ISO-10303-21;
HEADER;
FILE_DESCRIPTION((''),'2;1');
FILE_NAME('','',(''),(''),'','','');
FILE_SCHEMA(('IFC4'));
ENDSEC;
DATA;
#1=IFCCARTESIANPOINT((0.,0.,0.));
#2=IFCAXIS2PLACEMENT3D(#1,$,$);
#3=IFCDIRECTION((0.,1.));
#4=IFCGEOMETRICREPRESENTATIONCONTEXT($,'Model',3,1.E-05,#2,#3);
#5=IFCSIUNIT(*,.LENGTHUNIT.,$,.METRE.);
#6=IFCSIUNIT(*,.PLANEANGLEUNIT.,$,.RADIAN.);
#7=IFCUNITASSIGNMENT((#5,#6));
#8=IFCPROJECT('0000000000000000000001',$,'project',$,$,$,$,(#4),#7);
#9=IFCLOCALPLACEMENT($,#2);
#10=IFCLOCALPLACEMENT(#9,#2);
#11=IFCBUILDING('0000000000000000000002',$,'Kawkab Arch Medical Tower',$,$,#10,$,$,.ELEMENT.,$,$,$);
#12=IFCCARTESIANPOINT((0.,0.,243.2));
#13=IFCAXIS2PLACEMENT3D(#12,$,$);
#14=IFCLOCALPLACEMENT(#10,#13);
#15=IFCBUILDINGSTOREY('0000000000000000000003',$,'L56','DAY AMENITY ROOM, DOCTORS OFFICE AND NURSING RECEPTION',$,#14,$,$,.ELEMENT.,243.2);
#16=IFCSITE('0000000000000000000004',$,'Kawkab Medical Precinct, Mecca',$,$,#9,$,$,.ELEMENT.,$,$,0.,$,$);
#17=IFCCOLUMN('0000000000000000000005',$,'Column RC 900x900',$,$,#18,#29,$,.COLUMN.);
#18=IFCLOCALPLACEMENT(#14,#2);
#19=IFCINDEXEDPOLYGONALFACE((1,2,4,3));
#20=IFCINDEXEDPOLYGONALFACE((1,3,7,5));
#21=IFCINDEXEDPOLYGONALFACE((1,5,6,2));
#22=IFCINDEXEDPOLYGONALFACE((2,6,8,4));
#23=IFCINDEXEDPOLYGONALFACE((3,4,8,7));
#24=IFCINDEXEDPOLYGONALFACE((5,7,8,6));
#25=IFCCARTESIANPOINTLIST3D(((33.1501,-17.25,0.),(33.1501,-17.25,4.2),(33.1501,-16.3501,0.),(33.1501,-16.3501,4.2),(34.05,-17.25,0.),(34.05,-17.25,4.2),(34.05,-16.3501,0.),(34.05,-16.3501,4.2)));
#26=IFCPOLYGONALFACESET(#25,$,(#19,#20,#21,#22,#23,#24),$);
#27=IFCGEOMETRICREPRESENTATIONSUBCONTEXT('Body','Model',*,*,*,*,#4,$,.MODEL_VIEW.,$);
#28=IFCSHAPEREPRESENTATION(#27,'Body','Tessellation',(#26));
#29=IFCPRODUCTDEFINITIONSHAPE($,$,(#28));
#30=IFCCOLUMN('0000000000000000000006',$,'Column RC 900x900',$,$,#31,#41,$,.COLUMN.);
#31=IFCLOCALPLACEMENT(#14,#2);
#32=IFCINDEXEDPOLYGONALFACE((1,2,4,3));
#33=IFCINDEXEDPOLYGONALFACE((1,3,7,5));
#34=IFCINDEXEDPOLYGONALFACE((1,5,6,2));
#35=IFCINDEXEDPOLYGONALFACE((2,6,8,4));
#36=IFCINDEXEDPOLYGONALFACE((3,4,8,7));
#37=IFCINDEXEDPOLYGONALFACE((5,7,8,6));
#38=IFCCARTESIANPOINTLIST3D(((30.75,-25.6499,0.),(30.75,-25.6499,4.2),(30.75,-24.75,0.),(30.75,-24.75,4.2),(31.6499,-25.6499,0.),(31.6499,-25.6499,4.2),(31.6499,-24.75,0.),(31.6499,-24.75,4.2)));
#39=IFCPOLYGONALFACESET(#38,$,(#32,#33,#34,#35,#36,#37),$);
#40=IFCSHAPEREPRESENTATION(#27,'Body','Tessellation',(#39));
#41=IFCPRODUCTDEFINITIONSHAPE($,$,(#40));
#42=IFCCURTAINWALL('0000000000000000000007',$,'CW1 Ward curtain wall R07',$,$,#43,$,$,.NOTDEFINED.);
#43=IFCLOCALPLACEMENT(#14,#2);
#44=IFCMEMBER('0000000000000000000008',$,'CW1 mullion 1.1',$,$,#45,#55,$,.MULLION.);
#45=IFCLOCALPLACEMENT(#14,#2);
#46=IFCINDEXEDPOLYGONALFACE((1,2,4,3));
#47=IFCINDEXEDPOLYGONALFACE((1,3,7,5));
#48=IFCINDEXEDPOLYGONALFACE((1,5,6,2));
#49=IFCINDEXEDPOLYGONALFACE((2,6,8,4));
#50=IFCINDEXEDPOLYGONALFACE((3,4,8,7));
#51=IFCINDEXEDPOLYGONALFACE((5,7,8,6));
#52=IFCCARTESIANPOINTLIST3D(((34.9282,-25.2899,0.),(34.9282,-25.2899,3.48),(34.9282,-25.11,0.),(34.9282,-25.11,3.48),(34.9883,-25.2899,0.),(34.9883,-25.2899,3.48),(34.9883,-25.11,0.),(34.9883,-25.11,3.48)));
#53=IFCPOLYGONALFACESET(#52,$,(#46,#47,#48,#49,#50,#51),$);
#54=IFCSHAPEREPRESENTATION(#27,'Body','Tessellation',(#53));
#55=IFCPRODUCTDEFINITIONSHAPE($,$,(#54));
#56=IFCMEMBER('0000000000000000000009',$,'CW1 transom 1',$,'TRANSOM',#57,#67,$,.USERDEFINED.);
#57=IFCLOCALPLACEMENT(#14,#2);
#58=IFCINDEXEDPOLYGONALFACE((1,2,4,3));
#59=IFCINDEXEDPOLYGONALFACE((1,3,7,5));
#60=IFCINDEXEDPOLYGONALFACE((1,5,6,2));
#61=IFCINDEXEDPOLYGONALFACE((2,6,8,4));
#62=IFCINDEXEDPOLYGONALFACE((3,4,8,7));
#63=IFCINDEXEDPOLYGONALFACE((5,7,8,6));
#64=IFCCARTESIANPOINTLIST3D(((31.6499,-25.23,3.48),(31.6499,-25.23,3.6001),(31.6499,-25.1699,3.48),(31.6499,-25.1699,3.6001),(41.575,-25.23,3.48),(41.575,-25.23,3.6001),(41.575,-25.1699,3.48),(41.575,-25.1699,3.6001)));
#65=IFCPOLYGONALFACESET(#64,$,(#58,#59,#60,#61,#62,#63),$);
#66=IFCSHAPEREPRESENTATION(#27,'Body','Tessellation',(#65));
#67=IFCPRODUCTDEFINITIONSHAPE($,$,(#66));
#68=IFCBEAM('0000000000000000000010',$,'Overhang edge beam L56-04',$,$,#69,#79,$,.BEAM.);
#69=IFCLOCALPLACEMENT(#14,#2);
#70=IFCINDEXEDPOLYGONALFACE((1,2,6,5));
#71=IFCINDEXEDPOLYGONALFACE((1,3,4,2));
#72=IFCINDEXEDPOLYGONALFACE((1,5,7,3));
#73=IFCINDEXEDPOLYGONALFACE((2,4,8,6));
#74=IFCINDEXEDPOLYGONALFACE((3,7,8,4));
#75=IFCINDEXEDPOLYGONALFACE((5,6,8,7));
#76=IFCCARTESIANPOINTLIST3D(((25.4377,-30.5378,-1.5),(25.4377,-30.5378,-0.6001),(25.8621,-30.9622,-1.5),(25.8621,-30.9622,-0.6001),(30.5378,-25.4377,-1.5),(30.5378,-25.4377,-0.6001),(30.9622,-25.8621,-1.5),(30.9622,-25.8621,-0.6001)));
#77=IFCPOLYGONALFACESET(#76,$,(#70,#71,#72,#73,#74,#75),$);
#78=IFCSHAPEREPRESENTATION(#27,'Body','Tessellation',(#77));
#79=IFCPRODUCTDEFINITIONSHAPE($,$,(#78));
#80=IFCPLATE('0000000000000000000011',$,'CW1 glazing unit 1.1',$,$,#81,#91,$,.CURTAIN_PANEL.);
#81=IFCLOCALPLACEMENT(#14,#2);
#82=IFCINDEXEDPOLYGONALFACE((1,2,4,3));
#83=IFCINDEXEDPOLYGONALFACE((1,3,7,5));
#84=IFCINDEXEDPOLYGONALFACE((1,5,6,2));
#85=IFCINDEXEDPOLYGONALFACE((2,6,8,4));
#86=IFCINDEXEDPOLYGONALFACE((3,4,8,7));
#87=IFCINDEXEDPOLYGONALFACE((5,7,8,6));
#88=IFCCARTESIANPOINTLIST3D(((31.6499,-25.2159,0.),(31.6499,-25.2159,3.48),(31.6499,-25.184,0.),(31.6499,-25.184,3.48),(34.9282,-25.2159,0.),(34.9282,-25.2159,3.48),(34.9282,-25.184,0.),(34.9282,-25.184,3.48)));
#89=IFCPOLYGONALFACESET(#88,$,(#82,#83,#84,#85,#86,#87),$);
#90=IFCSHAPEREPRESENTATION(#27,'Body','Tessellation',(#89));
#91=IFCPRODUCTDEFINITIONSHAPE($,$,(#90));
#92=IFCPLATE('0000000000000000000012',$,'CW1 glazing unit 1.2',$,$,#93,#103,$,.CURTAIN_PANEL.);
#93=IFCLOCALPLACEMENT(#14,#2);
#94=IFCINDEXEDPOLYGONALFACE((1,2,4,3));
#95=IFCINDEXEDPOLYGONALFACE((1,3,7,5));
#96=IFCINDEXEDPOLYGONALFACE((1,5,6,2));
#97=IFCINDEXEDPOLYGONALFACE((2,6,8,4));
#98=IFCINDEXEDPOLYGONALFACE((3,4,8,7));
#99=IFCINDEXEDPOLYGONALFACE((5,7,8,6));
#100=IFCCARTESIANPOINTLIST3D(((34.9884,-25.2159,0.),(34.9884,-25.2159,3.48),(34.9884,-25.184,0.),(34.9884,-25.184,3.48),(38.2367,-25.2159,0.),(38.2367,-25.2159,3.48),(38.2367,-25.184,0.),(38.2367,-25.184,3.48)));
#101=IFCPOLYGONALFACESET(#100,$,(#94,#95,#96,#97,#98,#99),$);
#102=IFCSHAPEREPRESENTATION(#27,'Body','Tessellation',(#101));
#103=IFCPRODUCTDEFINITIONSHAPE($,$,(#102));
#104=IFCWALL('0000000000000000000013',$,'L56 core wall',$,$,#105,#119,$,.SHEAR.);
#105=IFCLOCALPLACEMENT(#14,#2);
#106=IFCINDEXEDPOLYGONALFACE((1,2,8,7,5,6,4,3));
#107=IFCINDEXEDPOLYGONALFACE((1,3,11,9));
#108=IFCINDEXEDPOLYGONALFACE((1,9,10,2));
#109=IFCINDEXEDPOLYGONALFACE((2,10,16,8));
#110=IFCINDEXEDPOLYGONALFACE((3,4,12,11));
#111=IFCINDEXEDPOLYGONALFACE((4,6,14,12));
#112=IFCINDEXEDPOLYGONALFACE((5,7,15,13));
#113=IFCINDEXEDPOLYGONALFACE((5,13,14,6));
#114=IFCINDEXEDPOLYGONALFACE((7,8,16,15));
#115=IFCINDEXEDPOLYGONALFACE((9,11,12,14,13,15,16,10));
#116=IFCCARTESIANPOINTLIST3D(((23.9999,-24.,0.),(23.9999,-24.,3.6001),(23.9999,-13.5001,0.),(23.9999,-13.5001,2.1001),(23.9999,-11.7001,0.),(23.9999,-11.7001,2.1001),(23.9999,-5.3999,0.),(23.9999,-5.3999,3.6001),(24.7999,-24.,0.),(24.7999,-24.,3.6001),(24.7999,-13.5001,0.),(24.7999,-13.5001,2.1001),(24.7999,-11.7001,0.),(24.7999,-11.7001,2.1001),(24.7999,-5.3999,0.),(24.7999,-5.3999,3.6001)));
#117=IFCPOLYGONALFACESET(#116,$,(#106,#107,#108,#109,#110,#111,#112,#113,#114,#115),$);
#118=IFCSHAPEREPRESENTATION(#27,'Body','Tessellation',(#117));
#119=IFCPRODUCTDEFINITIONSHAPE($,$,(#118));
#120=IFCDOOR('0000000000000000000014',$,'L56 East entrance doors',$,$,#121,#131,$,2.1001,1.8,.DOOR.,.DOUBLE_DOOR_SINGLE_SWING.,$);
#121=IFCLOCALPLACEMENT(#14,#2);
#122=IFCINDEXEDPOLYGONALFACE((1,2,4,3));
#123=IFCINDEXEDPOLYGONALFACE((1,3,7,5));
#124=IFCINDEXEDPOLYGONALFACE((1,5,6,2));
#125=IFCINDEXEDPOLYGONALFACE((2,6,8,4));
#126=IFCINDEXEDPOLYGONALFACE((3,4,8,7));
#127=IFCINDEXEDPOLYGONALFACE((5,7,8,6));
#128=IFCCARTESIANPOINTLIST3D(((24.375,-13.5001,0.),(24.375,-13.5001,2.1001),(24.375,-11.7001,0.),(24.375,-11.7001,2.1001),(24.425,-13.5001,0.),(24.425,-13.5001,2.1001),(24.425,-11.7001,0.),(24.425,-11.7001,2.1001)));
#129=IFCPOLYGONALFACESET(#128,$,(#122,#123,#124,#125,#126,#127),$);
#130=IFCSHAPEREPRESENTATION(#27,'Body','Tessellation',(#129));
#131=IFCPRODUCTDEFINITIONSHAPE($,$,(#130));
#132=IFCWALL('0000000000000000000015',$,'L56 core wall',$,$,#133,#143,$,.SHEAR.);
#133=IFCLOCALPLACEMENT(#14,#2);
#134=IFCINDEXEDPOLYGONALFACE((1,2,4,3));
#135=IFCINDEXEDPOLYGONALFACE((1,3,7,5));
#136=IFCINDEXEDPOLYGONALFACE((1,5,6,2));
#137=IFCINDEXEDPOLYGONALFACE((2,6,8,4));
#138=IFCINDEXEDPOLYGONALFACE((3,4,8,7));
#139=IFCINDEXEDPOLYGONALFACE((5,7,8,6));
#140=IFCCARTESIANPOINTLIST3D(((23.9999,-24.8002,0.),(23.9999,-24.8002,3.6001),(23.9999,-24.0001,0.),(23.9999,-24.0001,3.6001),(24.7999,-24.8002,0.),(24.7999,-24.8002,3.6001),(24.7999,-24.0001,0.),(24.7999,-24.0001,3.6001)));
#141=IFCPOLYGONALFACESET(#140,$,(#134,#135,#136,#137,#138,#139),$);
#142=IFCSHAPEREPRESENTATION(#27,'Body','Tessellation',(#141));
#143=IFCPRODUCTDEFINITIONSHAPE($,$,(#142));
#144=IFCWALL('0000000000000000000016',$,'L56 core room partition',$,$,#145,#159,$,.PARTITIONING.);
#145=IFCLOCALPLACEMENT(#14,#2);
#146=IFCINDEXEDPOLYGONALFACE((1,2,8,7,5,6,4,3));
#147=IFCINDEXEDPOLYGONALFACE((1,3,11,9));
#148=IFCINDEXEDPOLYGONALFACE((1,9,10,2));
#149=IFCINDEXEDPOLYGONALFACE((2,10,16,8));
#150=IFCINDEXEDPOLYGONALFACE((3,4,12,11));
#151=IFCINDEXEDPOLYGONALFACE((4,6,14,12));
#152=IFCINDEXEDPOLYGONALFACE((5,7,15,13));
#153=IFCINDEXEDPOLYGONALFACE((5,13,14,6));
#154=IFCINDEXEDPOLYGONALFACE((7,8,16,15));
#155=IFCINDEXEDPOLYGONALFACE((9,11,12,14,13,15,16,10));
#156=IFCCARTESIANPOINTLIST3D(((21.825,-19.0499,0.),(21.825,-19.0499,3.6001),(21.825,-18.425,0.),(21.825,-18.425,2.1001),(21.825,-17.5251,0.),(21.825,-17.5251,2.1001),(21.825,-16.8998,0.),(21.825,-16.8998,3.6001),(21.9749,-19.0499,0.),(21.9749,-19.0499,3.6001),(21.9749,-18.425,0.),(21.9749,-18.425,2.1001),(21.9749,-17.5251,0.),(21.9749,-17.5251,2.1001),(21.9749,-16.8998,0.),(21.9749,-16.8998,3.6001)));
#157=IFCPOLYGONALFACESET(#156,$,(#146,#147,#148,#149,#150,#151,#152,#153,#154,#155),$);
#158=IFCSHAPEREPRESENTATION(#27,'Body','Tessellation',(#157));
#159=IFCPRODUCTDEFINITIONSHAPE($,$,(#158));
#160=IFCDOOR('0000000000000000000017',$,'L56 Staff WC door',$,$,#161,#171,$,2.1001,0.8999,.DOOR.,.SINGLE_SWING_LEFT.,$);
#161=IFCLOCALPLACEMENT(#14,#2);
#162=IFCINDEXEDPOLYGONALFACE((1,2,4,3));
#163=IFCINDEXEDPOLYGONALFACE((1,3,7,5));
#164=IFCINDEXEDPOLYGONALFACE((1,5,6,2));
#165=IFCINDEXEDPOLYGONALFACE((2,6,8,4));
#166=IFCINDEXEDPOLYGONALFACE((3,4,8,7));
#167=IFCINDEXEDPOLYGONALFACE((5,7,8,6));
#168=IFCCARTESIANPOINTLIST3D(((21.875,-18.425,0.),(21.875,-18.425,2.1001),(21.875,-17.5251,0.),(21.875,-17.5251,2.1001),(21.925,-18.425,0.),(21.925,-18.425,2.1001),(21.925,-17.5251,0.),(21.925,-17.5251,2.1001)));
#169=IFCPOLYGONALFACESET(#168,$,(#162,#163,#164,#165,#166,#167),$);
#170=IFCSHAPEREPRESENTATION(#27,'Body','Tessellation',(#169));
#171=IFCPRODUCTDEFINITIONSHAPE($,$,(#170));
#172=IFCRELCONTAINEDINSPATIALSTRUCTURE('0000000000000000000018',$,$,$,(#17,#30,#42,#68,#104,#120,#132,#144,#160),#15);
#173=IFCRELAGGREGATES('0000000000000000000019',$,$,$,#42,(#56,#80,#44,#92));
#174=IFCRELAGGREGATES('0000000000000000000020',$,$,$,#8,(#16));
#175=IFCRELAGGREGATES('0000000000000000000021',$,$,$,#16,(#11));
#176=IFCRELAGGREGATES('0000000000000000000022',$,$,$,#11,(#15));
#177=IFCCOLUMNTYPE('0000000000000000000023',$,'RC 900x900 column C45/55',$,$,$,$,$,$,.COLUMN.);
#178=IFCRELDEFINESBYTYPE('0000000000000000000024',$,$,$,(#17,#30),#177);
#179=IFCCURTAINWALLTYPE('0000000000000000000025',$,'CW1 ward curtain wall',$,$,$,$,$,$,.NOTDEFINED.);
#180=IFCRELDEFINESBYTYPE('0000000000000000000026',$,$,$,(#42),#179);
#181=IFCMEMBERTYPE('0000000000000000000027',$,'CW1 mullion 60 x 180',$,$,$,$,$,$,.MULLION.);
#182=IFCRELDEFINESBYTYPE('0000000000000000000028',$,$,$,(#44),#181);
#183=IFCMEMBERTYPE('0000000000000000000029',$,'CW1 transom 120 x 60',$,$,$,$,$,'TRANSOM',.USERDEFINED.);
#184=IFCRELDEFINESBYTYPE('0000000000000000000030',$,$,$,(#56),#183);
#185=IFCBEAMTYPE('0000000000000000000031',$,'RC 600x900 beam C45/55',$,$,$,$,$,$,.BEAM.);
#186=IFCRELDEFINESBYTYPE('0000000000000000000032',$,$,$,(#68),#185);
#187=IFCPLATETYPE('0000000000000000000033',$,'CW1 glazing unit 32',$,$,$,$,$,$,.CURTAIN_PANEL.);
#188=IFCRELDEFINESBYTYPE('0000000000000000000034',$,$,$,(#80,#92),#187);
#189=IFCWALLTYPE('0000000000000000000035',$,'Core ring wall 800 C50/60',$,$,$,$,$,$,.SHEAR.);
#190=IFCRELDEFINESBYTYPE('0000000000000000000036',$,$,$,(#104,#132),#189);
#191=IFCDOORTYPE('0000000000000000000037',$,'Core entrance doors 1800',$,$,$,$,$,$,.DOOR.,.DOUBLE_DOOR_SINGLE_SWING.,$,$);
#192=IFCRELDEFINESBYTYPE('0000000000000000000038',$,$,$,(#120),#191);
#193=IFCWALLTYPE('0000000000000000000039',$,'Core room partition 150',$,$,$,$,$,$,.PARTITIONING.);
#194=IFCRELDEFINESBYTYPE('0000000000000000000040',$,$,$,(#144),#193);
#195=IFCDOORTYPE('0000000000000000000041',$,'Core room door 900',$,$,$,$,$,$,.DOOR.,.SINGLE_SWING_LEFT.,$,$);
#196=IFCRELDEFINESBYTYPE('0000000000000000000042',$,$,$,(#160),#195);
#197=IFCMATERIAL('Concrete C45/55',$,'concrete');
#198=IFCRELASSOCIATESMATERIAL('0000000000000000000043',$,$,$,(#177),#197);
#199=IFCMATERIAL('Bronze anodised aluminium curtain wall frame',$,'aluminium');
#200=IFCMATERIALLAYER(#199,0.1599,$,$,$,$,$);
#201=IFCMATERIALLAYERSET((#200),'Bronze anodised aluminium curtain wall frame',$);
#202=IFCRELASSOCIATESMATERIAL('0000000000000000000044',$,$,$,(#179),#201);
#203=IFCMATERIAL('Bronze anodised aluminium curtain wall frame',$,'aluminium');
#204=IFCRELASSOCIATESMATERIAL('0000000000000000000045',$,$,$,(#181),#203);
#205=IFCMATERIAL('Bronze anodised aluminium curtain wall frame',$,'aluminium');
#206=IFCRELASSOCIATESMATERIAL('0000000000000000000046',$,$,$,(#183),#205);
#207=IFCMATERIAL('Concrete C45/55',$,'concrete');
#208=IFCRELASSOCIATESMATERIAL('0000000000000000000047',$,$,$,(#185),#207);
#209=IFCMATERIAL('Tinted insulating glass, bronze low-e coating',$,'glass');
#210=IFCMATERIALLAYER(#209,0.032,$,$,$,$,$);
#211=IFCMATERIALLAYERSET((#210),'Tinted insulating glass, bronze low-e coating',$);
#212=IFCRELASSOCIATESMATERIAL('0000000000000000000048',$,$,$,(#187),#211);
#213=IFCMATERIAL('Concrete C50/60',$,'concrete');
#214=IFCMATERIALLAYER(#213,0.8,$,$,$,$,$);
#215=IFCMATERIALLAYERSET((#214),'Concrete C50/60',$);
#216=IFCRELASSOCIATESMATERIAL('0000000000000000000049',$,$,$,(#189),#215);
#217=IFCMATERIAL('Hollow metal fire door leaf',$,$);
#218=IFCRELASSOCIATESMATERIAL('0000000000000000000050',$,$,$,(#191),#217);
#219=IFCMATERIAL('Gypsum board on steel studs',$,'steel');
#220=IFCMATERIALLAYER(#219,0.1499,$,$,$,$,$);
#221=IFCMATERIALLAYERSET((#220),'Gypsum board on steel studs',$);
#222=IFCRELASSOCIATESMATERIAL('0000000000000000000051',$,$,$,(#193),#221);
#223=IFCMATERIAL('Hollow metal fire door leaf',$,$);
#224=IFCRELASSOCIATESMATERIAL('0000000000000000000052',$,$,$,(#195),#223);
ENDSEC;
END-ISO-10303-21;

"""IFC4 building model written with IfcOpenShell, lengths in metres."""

from ifc_helpers import new_model, si_unit, direction, frame, frame_2d, origin, origin_2d, place, context, subcontext, project, spatial, rectangle, extrude, material, layer, layer_set, material_profile, profile_set, type_object, element, fill, aggregate, save


model = new_model("IFC4")

# Units and contexts
model_context = context("Model", 3, precision=1e-05, world=origin(), true_north=direction((0.0, 1.0)))
body_context = subcontext(model_context, "Body", "Model", "MODEL_VIEW")
ifc_project = project(units=[si_unit("LENGTHUNIT", "METRE"), si_unit("PLANEANGLEUNIT", "RADIAN")], contexts=[model_context])

# Site, building, storey
site_placement = place(None, origin())
site = spatial("IfcSite", under=ifc_project, at=site_placement, Name="Kawkab Medical Precinct, Mecca", CompositionType="ELEMENT", RefElevation=0.0)
building_placement = place(site_placement, origin())
building = spatial("IfcBuilding", under=site, at=building_placement, Name="Kawkab Arch Medical Tower", CompositionType="ELEMENT")
storey_placement = place(building_placement, frame((0.0, 0.0, 243.2)))
storey = spatial("IfcBuildingStorey", under=building, at=storey_placement, Name="L56", Description="DAY AMENITY ROOM, DOCTORS OFFICE AND NURSING RECEPTION", CompositionType="ELEMENT", Elevation=243.2)

# Columns
ifc_material_1 = material(Name="Concrete C45/55", Category="concrete")
ifc_material_profile_1 = material_profile(ifc_material_1, rectangle(XDim=0.8999, YDim=0.8999, at=origin_2d()), Name="RC 900x900")
ifc_profile_set_1 = profile_set([ifc_material_profile_1], Name="Concrete C45/55")
column_type = type_object("IfcColumnType", Name="RC 900x900 column C45/55", PredefinedType="COLUMN", material=ifc_profile_set_1)
for number, where, z_axis, x_axis, name in (
    (1, (33.6001, -16.8, 0.0), (0.0, 0.0, 1.0), (1.0, 0.0, 0.0), "Column RC 900x900"),
    (2, (31.2, -25.2, 0.0), (0.0, 0.0, 1.0), (1.0, 0.0, 0.0), "Column RC 900x900"),
):
    element("IfcColumn", number, at=place(storey_placement, frame(where, z_axis=z_axis, x_axis=x_axis)), inside=storey, type_object=column_type, Name=name, PredefinedType="COLUMN", context=body_context, shape_type="SweptSolid", body=[
        extrude(rectangle(XDim=0.8999, YDim=0.8999, at=origin_2d()), origin(), (0.0, 0.0, 1.0), 4.2),
    ])

# Curtain wall, members
ifc_material_2 = material(Name="Bronze anodised aluminium curtain wall frame", Category="aluminium")
ifc_layer_1 = layer(ifc_material_2, 0.1599)
ifc_layer_set_1 = layer_set([ifc_layer_1], Name="Bronze anodised aluminium curtain wall frame")
curtain_wall_type = type_object("IfcCurtainWallType", Name="CW1 ward curtain wall", PredefinedType="NOTDEFINED", material=ifc_layer_set_1)
curtain_wall_placement = place(storey_placement, origin())
curtain_wall = element("IfcCurtainWall", 3, at=curtain_wall_placement, inside=storey, type_object=curtain_wall_type, Name="CW1 Ward curtain wall R07", PredefinedType="NOTDEFINED")
ifc_material_3 = material(Name="Bronze anodised aluminium curtain wall frame", Category="aluminium")
ifc_material_profile_2 = material_profile(ifc_material_3, rectangle(XDim=0.1799, YDim=0.0601, at=origin_2d()), Name="AL 60x180")
ifc_profile_set_2 = profile_set([ifc_material_profile_2], Name="Bronze anodised aluminium curtain wall frame")
member_type_1 = type_object("IfcMemberType", Name="CW1 mullion 60 x 180", PredefinedType="MULLION", material=ifc_profile_set_2)
member_1_placement = place(storey_placement, frame((34.9583, -25.2, 0.0), z_axis=(0.0, 0.0, 1.0), x_axis=(0.0, 1.0, 0.0)))
member_1 = element("IfcMember", 4, at=member_1_placement, type_object=member_type_1, Name="CW1 mullion 1.1", PredefinedType="MULLION", context=body_context, shape_type="SweptSolid", body=[
    extrude(rectangle(XDim=0.1799, YDim=0.0601, at=origin_2d()), origin(), (0.0, 0.0, 1.0), 3.48),
])
ifc_material_4 = material(Name="Bronze anodised aluminium curtain wall frame", Category="aluminium")
ifc_material_profile_3 = material_profile(ifc_material_4, rectangle(XDim=0.0601, YDim=0.1201, at=origin_2d()), Name="AL 60x120")
ifc_profile_set_3 = profile_set([ifc_material_profile_3], Name="Bronze anodised aluminium curtain wall frame")
member_type_2 = type_object("IfcMemberType", Name="CW1 transom 120 x 60", ElementType="TRANSOM", PredefinedType="USERDEFINED", material=ifc_profile_set_3)
member_2_placement = place(storey_placement, frame((31.6499, -25.2, 3.54), z_axis=(1.0, 0.0, 0.0), x_axis=(0.0, 1.0, 0.0)))
member_2 = element("IfcMember", 5, at=member_2_placement, type_object=member_type_2, Name="CW1 transom 1", ObjectType="TRANSOM", PredefinedType="USERDEFINED", context=body_context, shape_type="SweptSolid", body=[
    extrude(rectangle(XDim=0.0601, YDim=0.1201, at=origin_2d()), origin(), (0.0, 0.0, 1.0), 9.925),
])

# Beam
ifc_material_5 = material(Name="Concrete C45/55", Category="concrete")
ifc_material_profile_4 = material_profile(ifc_material_5, rectangle(XDim=0.6001, YDim=0.8999, at=origin_2d()), Name="RC 600x900")
ifc_profile_set_4 = profile_set([ifc_material_profile_4], Name="Concrete C45/55")
beam_type = type_object("IfcBeamType", Name="RC 600x900 beam C45/55", PredefinedType="BEAM", material=ifc_profile_set_4)
beam_placement = place(storey_placement, frame((30.75, -25.6499, -1.05), z_axis=(-0.707107, -0.707107, 0.0), x_axis=(0.707107, -0.707107, 0.0)))
element("IfcBeam", 6, at=beam_placement, inside=storey, type_object=beam_type, Name="Overhang edge beam L56-04", PredefinedType="BEAM", context=body_context, shape_type="SweptSolid", body=[
    extrude(rectangle(XDim=0.6001, YDim=0.8999, at=origin_2d()), origin(), (0.0, 0.0, 1.0), 7.2126),
])

# Plates
ifc_material_6 = material(Name="Tinted insulating glass, bronze low-e coating", Category="glass")
ifc_layer_2 = layer(ifc_material_6, 0.032)
ifc_layer_set_2 = layer_set([ifc_layer_2], Name="Tinted insulating glass, bronze low-e coating")
plate_type = type_object("IfcPlateType", Name="CW1 glazing unit 32", PredefinedType="CURTAIN_PANEL", material=ifc_layer_set_2)
plate_1_placement = place(storey_placement, frame((33.2891, -25.2, 0.0), z_axis=(0.0, 0.0, 1.0), x_axis=(1.0, 0.0, 0.0)))
plate_1 = element("IfcPlate", 7, at=plate_1_placement, type_object=plate_type, Name="CW1 glazing unit 1.1", PredefinedType="CURTAIN_PANEL", context=body_context, shape_type="SweptSolid", body=[
    extrude(rectangle(XDim=3.2783, YDim=0.032, at=origin_2d()), origin(), (0.0, 0.0, 1.0), 3.48),
])
plate_2_placement = place(storey_placement, frame((36.6125, -25.2, 0.0), z_axis=(0.0, 0.0, 1.0), x_axis=(1.0, 0.0, 0.0)))
plate_2 = element("IfcPlate", 8, at=plate_2_placement, type_object=plate_type, Name="CW1 glazing unit 1.2", PredefinedType="CURTAIN_PANEL", context=body_context, shape_type="SweptSolid", body=[
    extrude(rectangle(XDim=3.2483, YDim=0.032, at=origin_2d()), origin(), (0.0, 0.0, 1.0), 3.48),
])
aggregate(curtain_wall, [member_2, plate_1, member_1, plate_2])

# Wall, opening, door
ifc_material_7 = material(Name="Concrete C50/60", Category="concrete")
ifc_layer_3 = layer(ifc_material_7, 0.8)
ifc_layer_set_3 = layer_set([ifc_layer_3], Name="Concrete C50/60")
wall_type_1 = type_object("IfcWallType", Name="Core ring wall 800 C50/60", PredefinedType="SHEAR", material=ifc_layer_set_3)
wall_1_placement = place(storey_placement, frame((24.3999, -24.0, 0.0), z_axis=(0.0, 0.0, 1.0), x_axis=(0.0, 1.0, 0.0)))
wall_1 = element("IfcWall", 9, at=wall_1_placement, inside=storey, type_object=wall_type_1, Name="L56 core wall", PredefinedType="SHEAR", context=body_context, shape_type="SweptSolid", body=[
    extrude(rectangle(XDim=18.6001, YDim=0.8, at=frame_2d((9.3, 0.0))), origin(), (0.0, 0.0, 1.0), 3.6001),
])
opening_1_placement = place(wall_1_placement, frame((10.5, 0.0, 0.0)))
opening_1 = element("IfcOpeningElement", 10, at=opening_1_placement, cuts=wall_1, PredefinedType="OPENING", context=body_context, shape_type="SweptSolid", body=[
    extrude(rectangle(XDim=1.8, YDim=2.1001, at=frame_2d((0.8999, 1.05))), frame((0.0, 0.4099, 0.0), z_axis=(0.0, -1.0, 0.0), x_axis=(1.0, 0.0, 0.0)), (0.0, 0.0, 1.0), 0.8201),
])
ifc_material_8 = material(Name="Hollow metal fire door leaf")
door_type_1 = type_object("IfcDoorType", Name="Core entrance doors 1800", OperationType="DOUBLE_DOOR_SINGLE_SWING", PredefinedType="DOOR", material=ifc_material_8)
door_1_placement = place(opening_1_placement, origin())
door_1 = element("IfcDoor", 11, at=door_1_placement, inside=storey, type_object=door_type_1, Name="L56 East entrance doors", OperationType="DOUBLE_DOOR_SINGLE_SWING", OverallHeight=2.1001, OverallWidth=1.8, PredefinedType="DOOR", context=body_context, shape_type="SweptSolid", body=[
    extrude(rectangle(XDim=1.8, YDim=2.1001, at=frame_2d((0.8999, 1.05))), frame((0.0, 0.0249, 0.0), z_axis=(0.0, -1.0, 0.0), x_axis=(1.0, 0.0, 0.0)), (0.0, 0.0, 1.0), 0.05),
])
fill(opening_1, door_1)

# Wall
wall_2_placement = place(storey_placement, frame((24.3999, -24.8, 0.0), z_axis=(0.0, 0.0, 1.0), x_axis=(0.0, 1.0, 0.0)))
element("IfcWall", 12, at=wall_2_placement, inside=storey, type_object=wall_type_1, Name="L56 core wall", PredefinedType="SHEAR", context=body_context, shape_type="SweptSolid", body=[
    extrude(rectangle(XDim=0.8, YDim=0.8, at=frame_2d((0.3999, 0.0))), origin(), (0.0, 0.0, 1.0), 3.6001),
])

# Wall, opening, door
ifc_material_9 = material(Name="Gypsum board on steel studs", Category="steel")
ifc_layer_4 = layer(ifc_material_9, 0.1499)
ifc_layer_set_4 = layer_set([ifc_layer_4], Name="Gypsum board on steel studs")
wall_type_2 = type_object("IfcWallType", Name="Core room partition 150", PredefinedType="PARTITIONING", material=ifc_layer_set_4)
wall_3_placement = place(storey_placement, frame((21.8999, -19.05, 0.0), z_axis=(0.0, 0.0, 1.0), x_axis=(0.0, 1.0, 0.0)))
wall_3 = element("IfcWall", 13, at=wall_3_placement, inside=storey, type_object=wall_type_2, Name="L56 core room partition", PredefinedType="PARTITIONING", context=body_context, shape_type="SweptSolid", body=[
    extrude(rectangle(XDim=2.1501, YDim=0.1499, at=frame_2d((1.0752, 0.0))), origin(), (0.0, 0.0, 1.0), 3.6001),
])
opening_2_placement = place(wall_3_placement, frame((0.625, 0.0, 0.0)))
opening_2 = element("IfcOpeningElement", 14, at=opening_2_placement, cuts=wall_3, PredefinedType="OPENING", context=body_context, shape_type="SweptSolid", body=[
    extrude(rectangle(XDim=0.8999, YDim=2.1001, at=frame_2d((0.45, 1.05))), frame((0.0, 0.085, 0.0), z_axis=(0.0, -1.0, 0.0), x_axis=(1.0, 0.0, 0.0)), (0.0, 0.0, 1.0), 0.1699),
])
ifc_material_10 = material(Name="Hollow metal fire door leaf")
door_type_2 = type_object("IfcDoorType", Name="Core room door 900", OperationType="SINGLE_SWING_LEFT", PredefinedType="DOOR", material=ifc_material_10)
door_2_placement = place(opening_2_placement, origin())
door_2 = element("IfcDoor", 15, at=door_2_placement, inside=storey, type_object=door_type_2, Name="L56 Staff WC door", OperationType="SINGLE_SWING_LEFT", OverallHeight=2.1001, OverallWidth=0.8999, PredefinedType="DOOR", context=body_context, shape_type="SweptSolid", body=[
    extrude(rectangle(XDim=0.8999, YDim=2.1001, at=frame_2d((0.45, 1.05))), frame((0.0, 0.0249, 0.0), z_axis=(0.0, -1.0, 0.0), x_axis=(1.0, 0.0, 0.0)), (0.0, 0.0, 1.0), 0.05),
])
fill(opening_2, door_2)

save(model, "model.ifc")
